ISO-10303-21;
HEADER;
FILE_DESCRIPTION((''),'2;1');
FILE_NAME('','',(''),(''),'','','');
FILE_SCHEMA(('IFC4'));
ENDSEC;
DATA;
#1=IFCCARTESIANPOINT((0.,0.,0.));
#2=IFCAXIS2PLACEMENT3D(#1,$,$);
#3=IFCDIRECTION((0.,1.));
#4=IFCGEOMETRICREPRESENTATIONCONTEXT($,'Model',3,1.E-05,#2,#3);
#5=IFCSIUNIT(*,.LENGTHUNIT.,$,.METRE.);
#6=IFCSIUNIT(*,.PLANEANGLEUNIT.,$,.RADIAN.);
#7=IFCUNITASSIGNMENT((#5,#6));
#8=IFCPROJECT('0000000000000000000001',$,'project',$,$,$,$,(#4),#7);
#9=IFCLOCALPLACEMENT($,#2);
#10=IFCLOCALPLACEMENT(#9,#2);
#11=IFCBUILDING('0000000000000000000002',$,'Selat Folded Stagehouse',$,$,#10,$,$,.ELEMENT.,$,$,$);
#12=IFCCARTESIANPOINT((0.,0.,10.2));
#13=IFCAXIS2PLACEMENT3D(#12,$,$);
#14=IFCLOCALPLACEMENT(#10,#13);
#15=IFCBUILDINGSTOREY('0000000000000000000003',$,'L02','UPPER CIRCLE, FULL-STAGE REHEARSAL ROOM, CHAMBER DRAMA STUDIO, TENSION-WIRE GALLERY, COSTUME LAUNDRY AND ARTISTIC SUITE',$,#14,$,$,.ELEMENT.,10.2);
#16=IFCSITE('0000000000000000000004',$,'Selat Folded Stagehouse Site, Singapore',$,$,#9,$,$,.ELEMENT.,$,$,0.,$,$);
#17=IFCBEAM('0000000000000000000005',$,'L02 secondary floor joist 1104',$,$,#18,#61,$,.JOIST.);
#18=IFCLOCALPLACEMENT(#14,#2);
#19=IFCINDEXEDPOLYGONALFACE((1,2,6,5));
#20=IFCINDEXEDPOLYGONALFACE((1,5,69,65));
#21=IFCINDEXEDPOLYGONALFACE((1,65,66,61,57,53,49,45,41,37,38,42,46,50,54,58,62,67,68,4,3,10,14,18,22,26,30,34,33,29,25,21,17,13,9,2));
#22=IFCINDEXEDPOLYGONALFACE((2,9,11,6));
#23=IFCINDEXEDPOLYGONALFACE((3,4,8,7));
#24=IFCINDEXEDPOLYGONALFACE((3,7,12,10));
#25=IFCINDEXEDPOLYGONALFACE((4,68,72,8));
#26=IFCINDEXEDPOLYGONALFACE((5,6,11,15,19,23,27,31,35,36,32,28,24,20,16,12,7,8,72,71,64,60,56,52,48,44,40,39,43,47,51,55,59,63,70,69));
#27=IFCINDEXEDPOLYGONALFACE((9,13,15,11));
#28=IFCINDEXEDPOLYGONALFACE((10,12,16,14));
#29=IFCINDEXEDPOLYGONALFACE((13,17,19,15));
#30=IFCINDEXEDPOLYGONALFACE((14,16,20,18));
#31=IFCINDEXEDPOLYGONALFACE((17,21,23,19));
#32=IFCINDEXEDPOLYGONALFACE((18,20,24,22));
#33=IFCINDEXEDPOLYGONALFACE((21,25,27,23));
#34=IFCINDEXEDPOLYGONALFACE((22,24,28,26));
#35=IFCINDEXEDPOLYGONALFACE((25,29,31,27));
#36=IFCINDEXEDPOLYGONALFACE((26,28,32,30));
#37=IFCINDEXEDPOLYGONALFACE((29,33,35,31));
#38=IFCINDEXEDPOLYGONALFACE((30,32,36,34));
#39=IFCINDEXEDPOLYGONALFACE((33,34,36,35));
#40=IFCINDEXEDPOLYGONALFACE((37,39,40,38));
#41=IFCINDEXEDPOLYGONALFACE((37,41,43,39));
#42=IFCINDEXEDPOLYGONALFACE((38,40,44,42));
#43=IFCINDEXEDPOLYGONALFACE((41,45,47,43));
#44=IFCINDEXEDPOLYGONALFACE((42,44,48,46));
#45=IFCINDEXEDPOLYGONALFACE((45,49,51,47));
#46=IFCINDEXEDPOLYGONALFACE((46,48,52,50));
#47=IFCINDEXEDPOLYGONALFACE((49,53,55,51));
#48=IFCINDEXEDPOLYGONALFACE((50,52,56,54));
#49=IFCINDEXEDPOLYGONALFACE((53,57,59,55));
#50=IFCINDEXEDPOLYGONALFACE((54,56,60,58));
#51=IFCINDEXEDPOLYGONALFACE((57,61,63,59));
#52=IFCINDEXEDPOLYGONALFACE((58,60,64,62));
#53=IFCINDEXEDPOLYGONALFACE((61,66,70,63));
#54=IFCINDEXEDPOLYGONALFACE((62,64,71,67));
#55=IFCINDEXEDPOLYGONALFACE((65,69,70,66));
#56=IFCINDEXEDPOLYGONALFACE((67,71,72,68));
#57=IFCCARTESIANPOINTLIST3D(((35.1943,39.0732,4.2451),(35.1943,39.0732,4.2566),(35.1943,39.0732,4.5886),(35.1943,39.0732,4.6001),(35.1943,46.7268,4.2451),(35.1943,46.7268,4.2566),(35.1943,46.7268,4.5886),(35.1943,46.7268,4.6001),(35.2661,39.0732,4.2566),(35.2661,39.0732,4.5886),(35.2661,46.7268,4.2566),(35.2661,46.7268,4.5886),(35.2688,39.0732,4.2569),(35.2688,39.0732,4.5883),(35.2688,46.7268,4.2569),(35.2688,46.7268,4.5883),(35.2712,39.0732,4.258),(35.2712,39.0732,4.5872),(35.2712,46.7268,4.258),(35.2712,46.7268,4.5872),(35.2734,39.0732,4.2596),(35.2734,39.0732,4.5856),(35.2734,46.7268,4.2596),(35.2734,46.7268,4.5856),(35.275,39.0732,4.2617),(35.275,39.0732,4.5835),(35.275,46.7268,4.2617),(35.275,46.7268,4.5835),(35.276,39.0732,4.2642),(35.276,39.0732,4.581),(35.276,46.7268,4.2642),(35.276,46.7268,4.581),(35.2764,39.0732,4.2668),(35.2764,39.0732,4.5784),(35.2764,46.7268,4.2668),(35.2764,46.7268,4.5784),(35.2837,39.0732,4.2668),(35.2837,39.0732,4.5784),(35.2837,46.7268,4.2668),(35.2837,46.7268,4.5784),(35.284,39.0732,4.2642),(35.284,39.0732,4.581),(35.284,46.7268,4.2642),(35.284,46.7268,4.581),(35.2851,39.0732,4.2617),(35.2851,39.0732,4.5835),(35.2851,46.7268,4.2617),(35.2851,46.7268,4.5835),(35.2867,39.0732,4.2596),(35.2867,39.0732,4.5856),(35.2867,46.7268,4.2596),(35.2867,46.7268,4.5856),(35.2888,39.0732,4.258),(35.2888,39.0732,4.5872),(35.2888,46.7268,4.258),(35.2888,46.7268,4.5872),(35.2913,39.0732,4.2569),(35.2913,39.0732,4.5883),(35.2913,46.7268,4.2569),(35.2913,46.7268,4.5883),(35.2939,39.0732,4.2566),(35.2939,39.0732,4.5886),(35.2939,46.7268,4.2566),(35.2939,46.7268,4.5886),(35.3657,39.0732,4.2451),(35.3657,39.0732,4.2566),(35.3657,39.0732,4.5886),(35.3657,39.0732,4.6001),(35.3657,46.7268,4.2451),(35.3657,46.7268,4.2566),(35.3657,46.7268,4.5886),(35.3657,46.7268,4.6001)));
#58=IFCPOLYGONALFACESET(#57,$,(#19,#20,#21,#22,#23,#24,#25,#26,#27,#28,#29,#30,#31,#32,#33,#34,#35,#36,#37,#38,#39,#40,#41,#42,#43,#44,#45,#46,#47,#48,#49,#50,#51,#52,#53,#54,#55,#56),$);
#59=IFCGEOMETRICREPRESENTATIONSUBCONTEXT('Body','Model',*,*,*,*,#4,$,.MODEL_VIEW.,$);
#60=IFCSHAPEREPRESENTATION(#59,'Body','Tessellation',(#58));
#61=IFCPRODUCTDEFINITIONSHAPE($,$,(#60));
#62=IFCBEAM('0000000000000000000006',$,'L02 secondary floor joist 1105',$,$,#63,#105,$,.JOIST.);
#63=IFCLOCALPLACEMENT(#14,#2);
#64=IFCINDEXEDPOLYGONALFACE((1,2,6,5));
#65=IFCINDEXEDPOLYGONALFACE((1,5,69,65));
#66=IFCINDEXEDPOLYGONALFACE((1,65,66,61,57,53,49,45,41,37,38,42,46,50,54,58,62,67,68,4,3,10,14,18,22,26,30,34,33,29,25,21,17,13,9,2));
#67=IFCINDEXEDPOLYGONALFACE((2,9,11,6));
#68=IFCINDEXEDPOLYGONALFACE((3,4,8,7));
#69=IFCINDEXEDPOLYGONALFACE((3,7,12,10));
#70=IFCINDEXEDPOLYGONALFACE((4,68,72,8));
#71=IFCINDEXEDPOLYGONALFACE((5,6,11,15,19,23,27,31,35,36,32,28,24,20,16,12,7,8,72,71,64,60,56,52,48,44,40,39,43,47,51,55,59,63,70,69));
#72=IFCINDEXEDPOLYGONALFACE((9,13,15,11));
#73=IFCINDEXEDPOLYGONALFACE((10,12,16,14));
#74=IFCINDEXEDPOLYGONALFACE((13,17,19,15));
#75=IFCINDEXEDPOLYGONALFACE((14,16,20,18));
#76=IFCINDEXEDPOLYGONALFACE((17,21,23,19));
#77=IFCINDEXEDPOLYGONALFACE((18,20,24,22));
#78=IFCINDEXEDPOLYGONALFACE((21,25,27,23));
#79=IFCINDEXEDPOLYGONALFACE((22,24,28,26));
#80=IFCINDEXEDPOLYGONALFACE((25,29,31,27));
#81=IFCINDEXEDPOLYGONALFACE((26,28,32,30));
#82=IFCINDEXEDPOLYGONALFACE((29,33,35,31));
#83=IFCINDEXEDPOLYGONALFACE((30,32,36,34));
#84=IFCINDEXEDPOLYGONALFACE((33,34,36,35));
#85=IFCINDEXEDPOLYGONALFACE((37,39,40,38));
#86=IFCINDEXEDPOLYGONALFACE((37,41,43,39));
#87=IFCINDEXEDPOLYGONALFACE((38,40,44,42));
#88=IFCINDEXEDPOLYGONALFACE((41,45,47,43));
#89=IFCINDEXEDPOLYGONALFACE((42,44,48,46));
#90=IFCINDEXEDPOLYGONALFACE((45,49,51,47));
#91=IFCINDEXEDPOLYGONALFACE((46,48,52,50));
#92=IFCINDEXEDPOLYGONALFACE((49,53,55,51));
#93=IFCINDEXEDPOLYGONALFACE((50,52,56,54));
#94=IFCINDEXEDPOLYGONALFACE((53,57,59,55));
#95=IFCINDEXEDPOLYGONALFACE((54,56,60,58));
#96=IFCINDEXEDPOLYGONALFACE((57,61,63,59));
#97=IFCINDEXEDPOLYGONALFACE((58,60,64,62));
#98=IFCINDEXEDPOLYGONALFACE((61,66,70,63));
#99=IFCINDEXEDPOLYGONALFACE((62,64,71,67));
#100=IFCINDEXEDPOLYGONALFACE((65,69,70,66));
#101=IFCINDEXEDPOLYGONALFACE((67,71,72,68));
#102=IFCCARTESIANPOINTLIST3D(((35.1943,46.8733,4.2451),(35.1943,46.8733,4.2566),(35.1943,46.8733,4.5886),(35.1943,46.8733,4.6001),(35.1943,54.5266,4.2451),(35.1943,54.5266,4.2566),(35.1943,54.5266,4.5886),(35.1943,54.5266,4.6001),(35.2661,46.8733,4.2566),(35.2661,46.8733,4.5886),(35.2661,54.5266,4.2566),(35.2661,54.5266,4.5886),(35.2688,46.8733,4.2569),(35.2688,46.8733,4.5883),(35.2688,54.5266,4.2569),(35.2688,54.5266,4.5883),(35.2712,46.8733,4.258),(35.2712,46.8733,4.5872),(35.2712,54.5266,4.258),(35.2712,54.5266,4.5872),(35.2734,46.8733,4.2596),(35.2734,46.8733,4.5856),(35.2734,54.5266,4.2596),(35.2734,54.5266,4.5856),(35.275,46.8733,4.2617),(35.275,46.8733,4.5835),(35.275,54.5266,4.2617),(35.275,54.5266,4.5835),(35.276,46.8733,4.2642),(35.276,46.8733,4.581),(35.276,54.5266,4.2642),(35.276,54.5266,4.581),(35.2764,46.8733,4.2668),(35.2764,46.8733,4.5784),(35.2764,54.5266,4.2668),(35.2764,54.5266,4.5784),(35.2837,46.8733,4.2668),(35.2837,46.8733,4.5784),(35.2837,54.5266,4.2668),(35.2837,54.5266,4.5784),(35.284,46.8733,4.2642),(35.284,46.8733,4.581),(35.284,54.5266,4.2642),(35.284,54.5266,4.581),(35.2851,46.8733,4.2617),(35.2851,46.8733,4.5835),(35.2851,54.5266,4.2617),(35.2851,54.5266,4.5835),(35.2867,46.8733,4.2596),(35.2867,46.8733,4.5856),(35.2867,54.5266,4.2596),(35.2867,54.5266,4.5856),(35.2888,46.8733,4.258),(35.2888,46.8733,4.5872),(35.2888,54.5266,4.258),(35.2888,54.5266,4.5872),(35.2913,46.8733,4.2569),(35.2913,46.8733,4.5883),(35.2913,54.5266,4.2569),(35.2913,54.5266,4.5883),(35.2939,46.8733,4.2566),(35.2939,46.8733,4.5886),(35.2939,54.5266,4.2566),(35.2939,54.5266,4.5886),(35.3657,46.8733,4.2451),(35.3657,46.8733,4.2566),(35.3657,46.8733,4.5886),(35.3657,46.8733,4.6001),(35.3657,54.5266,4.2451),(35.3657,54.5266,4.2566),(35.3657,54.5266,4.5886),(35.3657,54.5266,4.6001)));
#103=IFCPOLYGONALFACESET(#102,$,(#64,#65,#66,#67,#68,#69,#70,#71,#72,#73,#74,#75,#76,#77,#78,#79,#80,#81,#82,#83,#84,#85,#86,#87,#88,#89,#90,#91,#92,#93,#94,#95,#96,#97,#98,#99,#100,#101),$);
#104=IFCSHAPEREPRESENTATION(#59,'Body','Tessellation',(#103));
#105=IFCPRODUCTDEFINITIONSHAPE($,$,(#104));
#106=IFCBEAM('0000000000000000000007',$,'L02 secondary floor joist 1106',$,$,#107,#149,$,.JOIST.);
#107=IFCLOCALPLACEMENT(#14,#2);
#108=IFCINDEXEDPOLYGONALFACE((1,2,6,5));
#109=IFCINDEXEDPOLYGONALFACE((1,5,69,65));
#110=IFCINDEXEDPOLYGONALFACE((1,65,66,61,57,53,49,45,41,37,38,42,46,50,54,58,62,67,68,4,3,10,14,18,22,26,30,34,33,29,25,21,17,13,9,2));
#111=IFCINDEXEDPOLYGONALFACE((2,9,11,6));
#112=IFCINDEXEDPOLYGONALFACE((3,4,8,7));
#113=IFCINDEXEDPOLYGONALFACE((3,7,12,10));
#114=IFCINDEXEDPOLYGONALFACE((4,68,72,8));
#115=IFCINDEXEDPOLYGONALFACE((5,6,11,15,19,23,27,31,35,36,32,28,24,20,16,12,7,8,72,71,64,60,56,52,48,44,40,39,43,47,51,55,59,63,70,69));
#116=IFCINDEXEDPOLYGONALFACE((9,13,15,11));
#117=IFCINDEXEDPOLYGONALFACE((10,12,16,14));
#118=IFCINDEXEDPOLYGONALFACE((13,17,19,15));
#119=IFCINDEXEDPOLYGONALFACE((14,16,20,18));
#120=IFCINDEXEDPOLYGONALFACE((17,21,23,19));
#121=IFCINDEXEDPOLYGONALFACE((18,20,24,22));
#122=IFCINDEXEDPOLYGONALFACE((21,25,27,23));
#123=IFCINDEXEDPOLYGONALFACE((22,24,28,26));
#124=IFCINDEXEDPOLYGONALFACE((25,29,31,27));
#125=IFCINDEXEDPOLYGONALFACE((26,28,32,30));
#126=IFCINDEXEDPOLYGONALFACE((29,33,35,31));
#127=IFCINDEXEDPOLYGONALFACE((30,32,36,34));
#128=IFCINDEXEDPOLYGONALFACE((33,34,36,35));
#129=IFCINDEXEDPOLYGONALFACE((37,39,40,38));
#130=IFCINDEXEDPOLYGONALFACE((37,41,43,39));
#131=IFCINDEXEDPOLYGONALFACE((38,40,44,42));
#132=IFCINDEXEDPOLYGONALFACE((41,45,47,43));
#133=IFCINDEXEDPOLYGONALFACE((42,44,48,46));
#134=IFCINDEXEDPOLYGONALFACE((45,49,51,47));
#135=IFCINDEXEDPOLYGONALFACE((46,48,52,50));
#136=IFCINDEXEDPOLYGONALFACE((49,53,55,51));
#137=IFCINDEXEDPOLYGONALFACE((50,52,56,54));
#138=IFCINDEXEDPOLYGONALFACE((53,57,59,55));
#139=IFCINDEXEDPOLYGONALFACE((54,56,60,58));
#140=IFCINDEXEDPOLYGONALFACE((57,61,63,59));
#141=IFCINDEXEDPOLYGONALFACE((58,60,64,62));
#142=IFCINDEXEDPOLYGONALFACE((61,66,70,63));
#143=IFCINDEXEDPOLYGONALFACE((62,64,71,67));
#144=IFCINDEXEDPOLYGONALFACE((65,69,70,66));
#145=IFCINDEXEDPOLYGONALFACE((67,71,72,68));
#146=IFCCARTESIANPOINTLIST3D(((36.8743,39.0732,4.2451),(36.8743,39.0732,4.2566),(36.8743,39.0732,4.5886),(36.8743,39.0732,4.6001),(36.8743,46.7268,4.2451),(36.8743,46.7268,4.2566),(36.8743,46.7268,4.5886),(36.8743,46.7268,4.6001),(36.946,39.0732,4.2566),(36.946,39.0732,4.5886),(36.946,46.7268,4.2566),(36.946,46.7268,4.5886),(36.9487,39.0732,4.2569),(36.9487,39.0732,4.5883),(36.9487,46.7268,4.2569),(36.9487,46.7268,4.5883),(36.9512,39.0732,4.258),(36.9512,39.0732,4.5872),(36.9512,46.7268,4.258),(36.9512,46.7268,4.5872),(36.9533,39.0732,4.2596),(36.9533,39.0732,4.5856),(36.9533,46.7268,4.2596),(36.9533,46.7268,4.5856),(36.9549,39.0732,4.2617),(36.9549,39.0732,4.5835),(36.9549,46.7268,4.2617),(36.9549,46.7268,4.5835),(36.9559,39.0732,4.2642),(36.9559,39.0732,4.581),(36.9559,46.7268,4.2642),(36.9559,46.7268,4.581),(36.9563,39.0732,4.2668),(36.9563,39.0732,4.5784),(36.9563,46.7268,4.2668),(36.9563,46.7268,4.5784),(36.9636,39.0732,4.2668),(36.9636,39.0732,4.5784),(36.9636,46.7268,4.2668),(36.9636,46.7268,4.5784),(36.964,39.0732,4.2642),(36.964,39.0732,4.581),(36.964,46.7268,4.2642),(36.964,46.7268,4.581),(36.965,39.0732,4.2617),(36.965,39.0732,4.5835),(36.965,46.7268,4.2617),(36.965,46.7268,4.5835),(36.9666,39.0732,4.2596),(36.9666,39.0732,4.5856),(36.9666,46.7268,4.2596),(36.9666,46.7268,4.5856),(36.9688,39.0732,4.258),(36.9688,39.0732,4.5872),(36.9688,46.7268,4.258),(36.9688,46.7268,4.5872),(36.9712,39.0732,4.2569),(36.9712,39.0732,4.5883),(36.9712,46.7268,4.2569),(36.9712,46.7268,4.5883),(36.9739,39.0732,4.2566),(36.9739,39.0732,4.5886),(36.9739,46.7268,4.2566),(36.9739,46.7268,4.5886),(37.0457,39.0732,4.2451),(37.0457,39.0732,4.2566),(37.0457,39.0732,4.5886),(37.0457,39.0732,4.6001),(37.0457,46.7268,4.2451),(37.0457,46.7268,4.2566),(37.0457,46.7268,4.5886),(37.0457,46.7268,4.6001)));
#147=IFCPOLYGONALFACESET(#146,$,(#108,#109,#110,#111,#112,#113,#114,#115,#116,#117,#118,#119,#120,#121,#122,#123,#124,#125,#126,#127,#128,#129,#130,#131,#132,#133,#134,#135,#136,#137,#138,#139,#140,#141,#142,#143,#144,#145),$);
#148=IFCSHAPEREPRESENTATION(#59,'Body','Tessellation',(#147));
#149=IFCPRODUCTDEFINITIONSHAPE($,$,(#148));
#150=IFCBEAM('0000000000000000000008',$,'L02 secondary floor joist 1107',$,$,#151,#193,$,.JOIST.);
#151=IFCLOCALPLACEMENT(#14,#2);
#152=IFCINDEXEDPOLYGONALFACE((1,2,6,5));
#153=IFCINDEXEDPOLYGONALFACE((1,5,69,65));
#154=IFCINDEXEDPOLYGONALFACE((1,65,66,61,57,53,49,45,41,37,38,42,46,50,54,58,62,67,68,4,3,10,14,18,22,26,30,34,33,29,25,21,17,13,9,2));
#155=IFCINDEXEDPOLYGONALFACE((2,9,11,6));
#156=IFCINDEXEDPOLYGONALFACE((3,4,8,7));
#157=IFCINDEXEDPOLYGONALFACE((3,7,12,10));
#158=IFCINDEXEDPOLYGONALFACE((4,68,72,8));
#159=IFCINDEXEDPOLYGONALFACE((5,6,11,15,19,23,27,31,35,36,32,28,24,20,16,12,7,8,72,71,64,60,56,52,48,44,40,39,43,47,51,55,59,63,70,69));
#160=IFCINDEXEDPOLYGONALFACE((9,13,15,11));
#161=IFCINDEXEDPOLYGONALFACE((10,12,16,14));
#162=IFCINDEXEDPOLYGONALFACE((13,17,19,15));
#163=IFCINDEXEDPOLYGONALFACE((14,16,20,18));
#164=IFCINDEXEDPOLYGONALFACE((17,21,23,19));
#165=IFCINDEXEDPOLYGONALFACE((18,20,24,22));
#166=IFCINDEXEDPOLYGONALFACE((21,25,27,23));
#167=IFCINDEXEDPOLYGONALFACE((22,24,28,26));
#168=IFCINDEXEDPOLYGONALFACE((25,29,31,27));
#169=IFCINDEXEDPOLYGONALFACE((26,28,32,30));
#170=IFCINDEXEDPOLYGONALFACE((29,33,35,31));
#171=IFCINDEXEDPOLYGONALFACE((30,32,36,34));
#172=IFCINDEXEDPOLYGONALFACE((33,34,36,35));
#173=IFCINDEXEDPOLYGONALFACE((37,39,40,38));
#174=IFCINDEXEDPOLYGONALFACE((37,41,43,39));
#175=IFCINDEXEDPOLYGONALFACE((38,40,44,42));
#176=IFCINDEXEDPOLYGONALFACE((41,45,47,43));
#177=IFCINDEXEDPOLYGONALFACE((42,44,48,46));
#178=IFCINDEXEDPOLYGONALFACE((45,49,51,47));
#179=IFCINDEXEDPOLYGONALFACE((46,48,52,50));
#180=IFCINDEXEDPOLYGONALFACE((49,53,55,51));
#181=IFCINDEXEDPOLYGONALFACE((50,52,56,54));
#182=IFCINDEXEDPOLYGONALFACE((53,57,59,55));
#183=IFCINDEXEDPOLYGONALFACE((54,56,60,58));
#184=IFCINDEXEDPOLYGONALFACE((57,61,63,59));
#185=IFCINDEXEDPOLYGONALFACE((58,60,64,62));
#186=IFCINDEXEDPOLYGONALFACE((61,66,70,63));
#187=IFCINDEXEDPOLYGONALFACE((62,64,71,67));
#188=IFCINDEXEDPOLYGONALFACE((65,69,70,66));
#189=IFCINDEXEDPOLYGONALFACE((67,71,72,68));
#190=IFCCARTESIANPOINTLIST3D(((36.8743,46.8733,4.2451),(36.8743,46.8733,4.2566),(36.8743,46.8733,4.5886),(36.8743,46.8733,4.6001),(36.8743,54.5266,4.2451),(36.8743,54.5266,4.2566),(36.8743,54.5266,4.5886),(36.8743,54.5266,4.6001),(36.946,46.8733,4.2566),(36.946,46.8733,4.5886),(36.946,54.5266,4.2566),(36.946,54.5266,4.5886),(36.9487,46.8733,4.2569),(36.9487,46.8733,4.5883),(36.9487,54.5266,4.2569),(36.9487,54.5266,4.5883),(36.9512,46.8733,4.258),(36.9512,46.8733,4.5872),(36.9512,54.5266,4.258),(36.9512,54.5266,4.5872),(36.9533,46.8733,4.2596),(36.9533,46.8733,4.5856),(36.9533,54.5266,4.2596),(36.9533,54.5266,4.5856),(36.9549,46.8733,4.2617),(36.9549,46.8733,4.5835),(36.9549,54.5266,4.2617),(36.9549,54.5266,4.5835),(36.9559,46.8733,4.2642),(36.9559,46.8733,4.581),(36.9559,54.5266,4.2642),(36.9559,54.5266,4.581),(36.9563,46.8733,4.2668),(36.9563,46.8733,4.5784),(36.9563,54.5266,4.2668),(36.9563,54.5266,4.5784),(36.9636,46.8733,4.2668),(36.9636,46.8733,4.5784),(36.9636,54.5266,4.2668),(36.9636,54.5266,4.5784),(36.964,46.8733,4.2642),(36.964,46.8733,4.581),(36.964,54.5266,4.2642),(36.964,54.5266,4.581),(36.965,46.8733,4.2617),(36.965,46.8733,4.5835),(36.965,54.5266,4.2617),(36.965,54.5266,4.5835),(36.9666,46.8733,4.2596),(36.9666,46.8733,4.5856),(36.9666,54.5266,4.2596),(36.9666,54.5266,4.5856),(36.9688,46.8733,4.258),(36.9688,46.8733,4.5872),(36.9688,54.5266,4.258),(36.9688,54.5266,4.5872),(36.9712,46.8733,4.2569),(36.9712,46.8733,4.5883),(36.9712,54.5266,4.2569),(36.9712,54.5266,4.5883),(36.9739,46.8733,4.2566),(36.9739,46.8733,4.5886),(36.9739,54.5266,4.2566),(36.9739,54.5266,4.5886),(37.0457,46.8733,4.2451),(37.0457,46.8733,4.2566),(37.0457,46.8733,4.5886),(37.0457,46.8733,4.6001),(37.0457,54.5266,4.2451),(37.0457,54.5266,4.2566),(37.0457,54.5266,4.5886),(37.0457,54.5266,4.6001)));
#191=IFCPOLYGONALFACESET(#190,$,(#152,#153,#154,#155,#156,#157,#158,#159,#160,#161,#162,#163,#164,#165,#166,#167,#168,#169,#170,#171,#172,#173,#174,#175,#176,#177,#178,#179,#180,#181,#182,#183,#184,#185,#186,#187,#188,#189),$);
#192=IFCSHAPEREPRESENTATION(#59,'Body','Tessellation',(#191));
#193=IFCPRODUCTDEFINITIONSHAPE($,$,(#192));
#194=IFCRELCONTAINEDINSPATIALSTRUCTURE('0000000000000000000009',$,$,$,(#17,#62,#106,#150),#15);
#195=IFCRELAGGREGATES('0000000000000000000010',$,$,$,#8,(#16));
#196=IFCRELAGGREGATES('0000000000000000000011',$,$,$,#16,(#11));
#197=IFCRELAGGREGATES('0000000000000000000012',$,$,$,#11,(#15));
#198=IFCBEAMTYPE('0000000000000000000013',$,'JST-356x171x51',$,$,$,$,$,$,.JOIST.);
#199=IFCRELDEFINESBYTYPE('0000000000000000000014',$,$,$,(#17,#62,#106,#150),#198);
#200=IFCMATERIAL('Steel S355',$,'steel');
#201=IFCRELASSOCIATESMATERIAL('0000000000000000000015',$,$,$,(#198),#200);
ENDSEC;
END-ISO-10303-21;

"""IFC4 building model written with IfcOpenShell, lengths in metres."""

from ifc_helpers import new_model, si_unit, direction, frame, origin, origin_2d, place, context, subcontext, project, spatial, i_section, extrude, material, material_profile, profile_set, type_object, element, save


model = new_model("IFC4")

# Units and contexts
model_context = context("Model", 3, precision=1e-05, world=origin(), true_north=direction((0.0, 1.0)))
body_context = subcontext(model_context, "Body", "Model", "MODEL_VIEW")
ifc_project = project(units=[si_unit("LENGTHUNIT", "METRE"), si_unit("PLANEANGLEUNIT", "RADIAN")], contexts=[model_context])

# Site, building, storey
site_placement = place(None, origin())
site = spatial("IfcSite", under=ifc_project, at=site_placement, Name="Selat Folded Stagehouse Site, Singapore", CompositionType="ELEMENT", RefElevation=0.0)
building_placement = place(site_placement, origin())
building = spatial("IfcBuilding", under=site, at=building_placement, Name="Selat Folded Stagehouse", CompositionType="ELEMENT")
storey_placement = place(building_placement, frame((0.0, 0.0, 10.2)))
storey = spatial("IfcBuildingStorey", under=building, at=storey_placement, Name="L02", Description="UPPER CIRCLE, FULL-STAGE REHEARSAL ROOM, CHAMBER DRAMA STUDIO, TENSION-WIRE GALLERY, COSTUME LAUNDRY AND ARTISTIC SUITE", CompositionType="ELEMENT", Elevation=10.2)

# Shared definitions
ifc_material_1 = material(Name="Steel S355", Category="steel")

# Beams
ifc_material_profile_1 = material_profile(ifc_material_1, i_section(OverallWidth=0.1714, OverallDepth=0.355, WebThickness=0.0073, FlangeThickness=0.0115, FilletRadius=0.0103, at=origin_2d()), Name="UKB 356x171x51")
ifc_profile_set_1 = profile_set([ifc_material_profile_1], Name="Steel S355")
beam_type_1 = type_object("IfcBeamType", Name="JST-356x171x51", PredefinedType="JOIST", material=ifc_profile_set_1)
beam_1_placement = place(storey_placement, frame((35.28, 39.0732, 4.4226), z_axis=(0.0, 1.0, 0.0), x_axis=(-1.0, 0.0, 0.0)))
element("IfcBeam", 1, at=beam_1_placement, inside=storey, type_object=beam_type_1, Name="L02 secondary floor joist 1104", PredefinedType="JOIST", context=body_context, shape_type="SweptSolid", body=[
    extrude(i_section(OverallWidth=0.1714, OverallDepth=0.355, WebThickness=0.0073, FlangeThickness=0.0115, FilletRadius=0.0103, at=origin_2d()), origin(), (0.0, 0.0, 1.0), 7.6536),
])
beam_2_placement = place(storey_placement, frame((35.28, 46.8733, 4.4226), z_axis=(0.0, 1.0, 0.0), x_axis=(-1.0, 0.0, 0.0)))
element("IfcBeam", 2, at=beam_2_placement, inside=storey, type_object=beam_type_1, Name="L02 secondary floor joist 1105", PredefinedType="JOIST", context=body_context, shape_type="SweptSolid", body=[
    extrude(i_section(OverallWidth=0.1714, OverallDepth=0.355, WebThickness=0.0073, FlangeThickness=0.0115, FilletRadius=0.0103, at=origin_2d()), origin(), (0.0, 0.0, 1.0), 7.6533),
])
beam_3_placement = place(storey_placement, frame((36.96, 39.0732, 4.4226), z_axis=(0.0, 1.0, 0.0), x_axis=(-1.0, 0.0, 0.0)))
element("IfcBeam", 3, at=beam_3_placement, inside=storey, type_object=beam_type_1, Name="L02 secondary floor joist 1106", PredefinedType="JOIST", context=body_context, shape_type="SweptSolid", body=[
    extrude(i_section(OverallWidth=0.1714, OverallDepth=0.355, WebThickness=0.0073, FlangeThickness=0.0115, FilletRadius=0.0103, at=origin_2d()), origin(), (0.0, 0.0, 1.0), 7.6536),
])
beam_4_placement = place(storey_placement, frame((36.96, 46.8733, 4.4226), z_axis=(0.0, 1.0, 0.0), x_axis=(-1.0, 0.0, 0.0)))
element("IfcBeam", 4, at=beam_4_placement, inside=storey, type_object=beam_type_1, Name="L02 secondary floor joist 1107", PredefinedType="JOIST", context=body_context, shape_type="SweptSolid", body=[
    extrude(i_section(OverallWidth=0.1714, OverallDepth=0.355, WebThickness=0.0073, FlangeThickness=0.0115, FilletRadius=0.0103, at=origin_2d()), origin(), (0.0, 0.0, 1.0), 7.6533),
])

save(model, "model.ifc")
